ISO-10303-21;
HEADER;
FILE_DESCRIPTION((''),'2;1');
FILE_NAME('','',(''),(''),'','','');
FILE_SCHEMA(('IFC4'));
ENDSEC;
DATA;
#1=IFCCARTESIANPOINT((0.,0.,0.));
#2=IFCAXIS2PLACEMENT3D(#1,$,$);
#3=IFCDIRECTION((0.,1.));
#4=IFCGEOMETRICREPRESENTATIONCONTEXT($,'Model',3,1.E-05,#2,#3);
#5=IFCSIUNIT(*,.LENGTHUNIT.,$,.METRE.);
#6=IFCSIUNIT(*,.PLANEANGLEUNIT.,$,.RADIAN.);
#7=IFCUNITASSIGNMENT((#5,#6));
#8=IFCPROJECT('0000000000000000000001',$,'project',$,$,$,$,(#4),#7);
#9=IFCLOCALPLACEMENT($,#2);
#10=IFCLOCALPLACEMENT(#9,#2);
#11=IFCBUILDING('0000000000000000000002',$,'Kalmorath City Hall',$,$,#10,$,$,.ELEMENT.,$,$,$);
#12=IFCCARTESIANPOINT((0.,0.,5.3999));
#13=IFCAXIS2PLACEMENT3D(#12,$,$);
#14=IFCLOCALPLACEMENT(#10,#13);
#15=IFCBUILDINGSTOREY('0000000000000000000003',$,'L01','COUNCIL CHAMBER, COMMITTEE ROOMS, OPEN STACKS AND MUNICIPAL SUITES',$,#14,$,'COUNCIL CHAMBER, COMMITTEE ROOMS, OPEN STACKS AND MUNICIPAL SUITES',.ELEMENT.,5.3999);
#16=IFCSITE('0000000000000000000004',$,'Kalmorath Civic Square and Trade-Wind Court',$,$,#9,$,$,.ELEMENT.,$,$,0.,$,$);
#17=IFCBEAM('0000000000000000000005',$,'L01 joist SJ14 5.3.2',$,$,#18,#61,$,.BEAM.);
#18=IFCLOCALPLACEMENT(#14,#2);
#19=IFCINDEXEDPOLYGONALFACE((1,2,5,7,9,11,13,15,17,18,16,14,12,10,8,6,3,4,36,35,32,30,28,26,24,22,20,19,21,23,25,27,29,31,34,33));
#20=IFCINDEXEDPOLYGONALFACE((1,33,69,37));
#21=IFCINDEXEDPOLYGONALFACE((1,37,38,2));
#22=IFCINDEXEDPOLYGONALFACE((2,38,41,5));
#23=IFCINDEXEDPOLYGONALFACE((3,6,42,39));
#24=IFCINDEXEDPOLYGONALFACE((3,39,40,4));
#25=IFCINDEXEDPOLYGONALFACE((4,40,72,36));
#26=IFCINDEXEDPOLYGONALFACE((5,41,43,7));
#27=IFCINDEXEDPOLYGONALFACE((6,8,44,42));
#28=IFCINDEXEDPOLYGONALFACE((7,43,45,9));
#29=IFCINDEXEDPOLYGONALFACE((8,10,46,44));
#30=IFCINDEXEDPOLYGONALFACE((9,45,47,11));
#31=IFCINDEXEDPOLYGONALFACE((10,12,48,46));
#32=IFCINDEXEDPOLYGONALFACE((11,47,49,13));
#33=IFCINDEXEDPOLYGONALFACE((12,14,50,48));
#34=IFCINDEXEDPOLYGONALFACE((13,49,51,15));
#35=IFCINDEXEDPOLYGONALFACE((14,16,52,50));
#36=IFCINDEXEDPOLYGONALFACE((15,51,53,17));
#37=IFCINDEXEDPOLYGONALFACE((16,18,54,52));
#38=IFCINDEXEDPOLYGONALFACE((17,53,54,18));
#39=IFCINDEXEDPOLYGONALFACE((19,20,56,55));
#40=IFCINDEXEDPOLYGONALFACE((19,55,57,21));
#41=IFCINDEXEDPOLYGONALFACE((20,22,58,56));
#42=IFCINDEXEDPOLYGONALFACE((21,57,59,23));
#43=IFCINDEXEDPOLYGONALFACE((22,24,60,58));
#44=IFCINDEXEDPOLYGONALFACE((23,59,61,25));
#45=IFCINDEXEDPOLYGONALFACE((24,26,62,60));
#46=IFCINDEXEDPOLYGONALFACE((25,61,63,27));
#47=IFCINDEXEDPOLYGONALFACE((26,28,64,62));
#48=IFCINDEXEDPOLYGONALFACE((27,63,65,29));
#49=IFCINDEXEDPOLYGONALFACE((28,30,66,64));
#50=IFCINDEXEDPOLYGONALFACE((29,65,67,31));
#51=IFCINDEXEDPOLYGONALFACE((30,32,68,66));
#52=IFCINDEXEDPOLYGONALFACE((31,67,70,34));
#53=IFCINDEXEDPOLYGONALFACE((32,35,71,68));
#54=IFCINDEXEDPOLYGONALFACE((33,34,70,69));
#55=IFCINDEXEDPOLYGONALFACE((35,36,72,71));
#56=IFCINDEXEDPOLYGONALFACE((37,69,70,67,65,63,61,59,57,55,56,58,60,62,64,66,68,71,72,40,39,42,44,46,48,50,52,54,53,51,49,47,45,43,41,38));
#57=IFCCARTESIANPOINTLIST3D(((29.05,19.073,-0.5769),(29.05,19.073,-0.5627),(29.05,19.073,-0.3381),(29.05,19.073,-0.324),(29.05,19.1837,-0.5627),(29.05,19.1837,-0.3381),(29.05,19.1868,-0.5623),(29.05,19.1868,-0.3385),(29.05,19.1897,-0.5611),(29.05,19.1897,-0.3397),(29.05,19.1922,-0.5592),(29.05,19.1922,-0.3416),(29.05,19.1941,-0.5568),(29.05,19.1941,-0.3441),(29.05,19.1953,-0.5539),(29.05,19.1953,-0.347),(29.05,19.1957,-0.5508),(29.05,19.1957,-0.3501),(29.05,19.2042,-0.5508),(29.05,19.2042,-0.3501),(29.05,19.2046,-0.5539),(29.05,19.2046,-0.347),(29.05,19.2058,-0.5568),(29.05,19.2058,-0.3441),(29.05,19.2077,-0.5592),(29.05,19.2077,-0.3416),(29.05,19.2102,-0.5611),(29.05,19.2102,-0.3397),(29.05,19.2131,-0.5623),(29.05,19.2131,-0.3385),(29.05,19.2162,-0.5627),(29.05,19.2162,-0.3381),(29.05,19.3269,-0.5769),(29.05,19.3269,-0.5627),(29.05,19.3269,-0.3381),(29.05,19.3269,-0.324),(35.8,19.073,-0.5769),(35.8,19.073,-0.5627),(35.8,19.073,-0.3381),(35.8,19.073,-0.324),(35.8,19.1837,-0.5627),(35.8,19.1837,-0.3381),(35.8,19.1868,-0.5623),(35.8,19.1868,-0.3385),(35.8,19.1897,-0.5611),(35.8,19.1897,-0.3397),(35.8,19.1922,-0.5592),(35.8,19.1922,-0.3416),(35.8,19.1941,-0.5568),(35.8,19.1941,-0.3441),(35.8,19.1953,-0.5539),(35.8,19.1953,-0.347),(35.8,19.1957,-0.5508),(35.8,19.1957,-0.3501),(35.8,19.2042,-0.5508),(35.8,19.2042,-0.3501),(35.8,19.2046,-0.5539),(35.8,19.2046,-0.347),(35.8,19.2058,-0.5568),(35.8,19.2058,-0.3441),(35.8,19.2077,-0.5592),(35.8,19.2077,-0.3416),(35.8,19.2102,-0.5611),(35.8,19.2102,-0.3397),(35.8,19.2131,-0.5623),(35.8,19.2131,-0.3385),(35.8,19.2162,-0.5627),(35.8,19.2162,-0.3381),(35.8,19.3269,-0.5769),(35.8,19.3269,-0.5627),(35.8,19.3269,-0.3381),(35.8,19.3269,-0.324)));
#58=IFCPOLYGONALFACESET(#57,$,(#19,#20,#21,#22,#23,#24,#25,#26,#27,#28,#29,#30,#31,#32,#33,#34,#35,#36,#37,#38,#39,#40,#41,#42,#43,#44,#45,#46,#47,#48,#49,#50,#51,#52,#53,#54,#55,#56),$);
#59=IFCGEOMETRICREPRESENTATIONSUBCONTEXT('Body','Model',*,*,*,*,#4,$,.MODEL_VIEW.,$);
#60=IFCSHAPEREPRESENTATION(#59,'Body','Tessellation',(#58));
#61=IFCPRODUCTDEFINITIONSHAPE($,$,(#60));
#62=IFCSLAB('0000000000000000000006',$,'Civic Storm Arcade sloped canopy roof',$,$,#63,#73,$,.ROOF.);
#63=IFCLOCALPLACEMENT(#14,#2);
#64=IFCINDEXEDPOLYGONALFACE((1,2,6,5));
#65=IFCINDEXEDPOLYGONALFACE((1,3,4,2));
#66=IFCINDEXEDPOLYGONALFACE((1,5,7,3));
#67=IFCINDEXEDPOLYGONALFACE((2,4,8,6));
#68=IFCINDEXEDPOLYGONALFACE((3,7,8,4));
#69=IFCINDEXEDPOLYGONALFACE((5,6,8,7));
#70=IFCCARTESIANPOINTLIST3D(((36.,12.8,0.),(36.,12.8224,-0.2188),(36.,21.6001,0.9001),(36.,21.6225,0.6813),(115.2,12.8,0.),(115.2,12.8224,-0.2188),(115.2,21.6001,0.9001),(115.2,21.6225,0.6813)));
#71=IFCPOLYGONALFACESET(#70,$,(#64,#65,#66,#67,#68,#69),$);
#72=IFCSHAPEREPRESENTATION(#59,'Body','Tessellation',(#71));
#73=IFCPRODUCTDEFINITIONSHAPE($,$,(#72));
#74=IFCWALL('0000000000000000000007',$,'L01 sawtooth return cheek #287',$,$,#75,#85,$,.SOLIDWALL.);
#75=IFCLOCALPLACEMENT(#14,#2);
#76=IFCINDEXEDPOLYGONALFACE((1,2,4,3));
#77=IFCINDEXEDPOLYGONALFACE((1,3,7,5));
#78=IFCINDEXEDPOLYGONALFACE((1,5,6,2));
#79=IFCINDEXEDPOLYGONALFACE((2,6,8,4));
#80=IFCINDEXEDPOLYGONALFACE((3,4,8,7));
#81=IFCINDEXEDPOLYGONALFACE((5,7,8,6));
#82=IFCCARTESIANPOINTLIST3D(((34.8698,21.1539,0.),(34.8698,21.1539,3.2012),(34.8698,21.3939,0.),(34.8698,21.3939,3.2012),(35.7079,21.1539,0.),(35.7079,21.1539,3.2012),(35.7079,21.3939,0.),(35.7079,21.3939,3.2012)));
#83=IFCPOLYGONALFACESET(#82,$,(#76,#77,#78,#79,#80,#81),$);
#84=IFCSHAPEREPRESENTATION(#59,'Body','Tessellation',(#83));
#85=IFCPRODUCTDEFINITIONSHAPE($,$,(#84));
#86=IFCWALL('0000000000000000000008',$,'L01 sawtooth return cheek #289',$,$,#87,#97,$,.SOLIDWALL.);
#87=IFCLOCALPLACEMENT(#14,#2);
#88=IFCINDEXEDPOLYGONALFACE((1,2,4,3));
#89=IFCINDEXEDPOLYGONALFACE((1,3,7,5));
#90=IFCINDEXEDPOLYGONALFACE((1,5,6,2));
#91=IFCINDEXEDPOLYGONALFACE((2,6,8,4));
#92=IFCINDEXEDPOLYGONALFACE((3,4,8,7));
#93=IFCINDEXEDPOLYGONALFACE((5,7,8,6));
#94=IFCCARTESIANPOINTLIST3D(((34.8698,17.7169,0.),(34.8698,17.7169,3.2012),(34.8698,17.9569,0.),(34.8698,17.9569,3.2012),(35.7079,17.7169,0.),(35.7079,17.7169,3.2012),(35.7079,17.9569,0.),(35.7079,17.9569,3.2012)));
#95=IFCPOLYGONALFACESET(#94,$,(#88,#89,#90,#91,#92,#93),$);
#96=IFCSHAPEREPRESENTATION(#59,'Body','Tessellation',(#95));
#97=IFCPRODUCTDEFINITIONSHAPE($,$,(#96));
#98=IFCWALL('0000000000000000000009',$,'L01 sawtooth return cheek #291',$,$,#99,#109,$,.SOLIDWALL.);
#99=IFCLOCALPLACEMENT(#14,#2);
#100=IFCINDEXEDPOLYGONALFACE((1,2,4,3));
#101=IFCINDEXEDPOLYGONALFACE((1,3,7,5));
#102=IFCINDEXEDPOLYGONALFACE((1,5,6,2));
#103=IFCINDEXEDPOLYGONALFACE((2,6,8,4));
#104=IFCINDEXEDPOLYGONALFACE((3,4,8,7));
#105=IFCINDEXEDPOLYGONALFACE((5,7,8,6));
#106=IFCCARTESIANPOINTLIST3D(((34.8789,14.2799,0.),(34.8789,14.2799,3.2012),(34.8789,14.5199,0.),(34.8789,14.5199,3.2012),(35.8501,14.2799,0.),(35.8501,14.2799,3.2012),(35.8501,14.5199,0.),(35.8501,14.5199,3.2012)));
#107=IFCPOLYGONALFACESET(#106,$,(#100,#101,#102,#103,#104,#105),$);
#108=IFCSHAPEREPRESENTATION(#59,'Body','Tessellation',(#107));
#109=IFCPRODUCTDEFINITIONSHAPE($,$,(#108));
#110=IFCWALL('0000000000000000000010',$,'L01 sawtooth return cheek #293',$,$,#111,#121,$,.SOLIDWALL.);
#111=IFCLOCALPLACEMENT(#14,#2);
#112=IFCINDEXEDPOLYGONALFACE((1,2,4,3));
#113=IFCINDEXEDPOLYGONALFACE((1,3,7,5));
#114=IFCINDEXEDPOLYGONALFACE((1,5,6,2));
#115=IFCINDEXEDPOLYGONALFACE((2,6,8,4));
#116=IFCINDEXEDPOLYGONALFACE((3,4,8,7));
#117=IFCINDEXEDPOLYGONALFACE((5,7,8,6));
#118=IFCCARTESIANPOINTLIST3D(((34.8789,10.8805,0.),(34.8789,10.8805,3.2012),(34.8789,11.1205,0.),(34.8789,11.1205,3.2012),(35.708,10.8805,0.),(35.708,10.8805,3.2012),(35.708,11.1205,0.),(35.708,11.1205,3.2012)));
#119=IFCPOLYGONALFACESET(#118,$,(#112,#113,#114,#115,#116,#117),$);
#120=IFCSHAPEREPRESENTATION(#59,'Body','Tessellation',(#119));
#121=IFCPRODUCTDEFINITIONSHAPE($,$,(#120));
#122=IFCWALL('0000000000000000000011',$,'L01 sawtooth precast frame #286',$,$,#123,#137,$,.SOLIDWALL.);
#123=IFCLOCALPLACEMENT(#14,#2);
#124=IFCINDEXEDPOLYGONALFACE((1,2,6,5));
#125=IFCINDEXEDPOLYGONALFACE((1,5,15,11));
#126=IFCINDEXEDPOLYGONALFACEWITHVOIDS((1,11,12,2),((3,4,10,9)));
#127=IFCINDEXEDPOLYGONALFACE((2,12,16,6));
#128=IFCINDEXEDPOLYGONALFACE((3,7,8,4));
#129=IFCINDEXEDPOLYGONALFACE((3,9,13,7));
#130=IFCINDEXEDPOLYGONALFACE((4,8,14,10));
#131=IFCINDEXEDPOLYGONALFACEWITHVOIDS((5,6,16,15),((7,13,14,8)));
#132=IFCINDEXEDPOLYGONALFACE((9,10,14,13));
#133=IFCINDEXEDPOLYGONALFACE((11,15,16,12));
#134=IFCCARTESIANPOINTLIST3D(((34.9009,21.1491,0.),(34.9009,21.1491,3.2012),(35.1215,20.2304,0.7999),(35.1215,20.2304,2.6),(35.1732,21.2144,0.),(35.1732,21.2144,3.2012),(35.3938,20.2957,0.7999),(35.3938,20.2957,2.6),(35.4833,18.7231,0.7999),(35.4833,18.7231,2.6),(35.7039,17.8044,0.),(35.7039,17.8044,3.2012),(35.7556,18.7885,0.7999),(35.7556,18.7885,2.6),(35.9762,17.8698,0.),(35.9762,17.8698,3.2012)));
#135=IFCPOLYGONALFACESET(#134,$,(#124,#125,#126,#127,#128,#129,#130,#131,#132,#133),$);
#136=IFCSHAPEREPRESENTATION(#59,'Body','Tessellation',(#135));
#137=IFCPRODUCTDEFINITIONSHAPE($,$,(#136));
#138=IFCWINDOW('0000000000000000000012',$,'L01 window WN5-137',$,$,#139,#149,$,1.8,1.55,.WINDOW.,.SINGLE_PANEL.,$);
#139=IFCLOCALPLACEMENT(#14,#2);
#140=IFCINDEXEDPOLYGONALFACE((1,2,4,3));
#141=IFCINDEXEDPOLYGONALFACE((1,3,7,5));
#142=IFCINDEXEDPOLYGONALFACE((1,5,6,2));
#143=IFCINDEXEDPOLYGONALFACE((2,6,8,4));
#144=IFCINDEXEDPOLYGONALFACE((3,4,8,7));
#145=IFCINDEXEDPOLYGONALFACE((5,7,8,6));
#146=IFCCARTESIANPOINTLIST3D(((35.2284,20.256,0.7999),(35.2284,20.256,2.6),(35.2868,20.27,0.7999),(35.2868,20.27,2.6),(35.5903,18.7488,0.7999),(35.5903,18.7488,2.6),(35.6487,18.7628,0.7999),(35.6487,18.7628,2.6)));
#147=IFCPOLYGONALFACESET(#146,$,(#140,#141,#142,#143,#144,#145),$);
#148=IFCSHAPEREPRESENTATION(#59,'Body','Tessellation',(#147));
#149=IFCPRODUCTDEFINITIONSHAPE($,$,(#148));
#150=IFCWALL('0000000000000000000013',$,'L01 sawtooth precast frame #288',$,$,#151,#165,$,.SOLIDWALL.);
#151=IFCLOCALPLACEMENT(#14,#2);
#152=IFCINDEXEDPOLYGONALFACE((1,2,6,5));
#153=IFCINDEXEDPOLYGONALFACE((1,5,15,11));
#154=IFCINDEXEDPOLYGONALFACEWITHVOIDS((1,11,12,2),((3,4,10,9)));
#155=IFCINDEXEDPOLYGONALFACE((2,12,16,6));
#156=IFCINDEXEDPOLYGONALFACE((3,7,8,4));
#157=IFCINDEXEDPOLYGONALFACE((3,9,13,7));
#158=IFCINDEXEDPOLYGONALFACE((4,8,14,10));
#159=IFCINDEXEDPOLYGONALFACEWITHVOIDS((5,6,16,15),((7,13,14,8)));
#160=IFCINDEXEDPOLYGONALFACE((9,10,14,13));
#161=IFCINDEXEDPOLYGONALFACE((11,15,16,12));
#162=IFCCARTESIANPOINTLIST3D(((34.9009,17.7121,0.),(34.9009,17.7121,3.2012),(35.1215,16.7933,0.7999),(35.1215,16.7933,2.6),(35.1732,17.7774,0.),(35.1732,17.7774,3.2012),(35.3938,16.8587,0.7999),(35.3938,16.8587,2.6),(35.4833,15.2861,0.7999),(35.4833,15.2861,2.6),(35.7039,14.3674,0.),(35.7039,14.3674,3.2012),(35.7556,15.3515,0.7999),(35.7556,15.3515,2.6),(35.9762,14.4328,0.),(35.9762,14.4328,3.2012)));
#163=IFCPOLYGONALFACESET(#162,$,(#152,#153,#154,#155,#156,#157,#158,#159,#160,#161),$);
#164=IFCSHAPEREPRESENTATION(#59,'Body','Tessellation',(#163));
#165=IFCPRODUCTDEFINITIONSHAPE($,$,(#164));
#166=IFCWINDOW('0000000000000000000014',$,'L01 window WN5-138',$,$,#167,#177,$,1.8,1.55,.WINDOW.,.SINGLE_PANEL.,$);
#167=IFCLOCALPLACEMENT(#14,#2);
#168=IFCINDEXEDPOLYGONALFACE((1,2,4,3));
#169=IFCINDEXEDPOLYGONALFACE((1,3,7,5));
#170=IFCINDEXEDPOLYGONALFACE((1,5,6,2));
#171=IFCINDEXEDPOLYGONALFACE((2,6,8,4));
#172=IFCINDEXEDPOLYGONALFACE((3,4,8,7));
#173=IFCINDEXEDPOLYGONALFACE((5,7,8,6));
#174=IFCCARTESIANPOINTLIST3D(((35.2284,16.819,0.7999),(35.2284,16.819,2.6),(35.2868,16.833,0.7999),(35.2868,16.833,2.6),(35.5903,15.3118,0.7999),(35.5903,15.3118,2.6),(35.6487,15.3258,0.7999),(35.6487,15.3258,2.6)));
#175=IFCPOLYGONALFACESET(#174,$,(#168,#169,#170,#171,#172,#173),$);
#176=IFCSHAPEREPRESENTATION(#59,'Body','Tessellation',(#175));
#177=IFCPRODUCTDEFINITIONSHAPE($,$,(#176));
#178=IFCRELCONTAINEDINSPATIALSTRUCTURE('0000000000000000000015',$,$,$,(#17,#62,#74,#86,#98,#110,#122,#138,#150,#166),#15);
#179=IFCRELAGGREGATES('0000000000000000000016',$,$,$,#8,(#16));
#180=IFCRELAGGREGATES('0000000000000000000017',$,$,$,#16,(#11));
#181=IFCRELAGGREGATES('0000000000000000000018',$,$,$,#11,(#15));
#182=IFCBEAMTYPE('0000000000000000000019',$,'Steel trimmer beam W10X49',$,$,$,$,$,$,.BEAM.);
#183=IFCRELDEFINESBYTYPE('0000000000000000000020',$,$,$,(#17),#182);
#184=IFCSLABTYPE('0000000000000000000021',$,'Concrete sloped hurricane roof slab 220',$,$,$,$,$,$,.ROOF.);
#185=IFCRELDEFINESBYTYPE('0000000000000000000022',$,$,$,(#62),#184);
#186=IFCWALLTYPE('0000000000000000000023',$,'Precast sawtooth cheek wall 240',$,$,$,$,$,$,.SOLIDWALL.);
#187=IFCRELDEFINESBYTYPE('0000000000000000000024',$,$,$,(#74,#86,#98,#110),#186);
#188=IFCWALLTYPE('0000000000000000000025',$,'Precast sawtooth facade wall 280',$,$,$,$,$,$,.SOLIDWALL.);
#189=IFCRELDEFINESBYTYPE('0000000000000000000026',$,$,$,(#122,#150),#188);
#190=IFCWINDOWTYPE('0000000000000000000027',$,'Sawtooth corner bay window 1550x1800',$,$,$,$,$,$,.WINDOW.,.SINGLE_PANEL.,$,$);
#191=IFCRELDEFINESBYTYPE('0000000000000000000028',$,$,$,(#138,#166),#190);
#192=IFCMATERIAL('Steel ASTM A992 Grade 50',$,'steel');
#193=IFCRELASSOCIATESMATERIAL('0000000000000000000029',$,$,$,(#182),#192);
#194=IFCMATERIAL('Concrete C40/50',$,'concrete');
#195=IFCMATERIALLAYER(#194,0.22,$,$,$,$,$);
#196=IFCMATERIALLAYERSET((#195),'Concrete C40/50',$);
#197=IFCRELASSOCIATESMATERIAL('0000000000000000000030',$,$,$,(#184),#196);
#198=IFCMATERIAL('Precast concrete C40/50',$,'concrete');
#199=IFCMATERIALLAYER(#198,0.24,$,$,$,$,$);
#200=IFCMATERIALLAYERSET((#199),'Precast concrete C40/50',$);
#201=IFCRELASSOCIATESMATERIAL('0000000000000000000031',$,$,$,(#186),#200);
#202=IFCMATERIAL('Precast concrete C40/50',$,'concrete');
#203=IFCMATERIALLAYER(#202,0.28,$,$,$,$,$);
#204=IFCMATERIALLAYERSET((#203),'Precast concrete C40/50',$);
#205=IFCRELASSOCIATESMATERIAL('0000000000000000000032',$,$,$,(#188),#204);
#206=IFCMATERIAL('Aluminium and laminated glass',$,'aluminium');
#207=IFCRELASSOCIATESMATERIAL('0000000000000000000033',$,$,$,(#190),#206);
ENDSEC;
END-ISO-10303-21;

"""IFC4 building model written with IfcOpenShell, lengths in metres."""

from ifc_helpers import new_model, si_unit, direction, frame, frame_2d, origin, origin_2d, place, context, subcontext, project, spatial, polyline, rectangle, i_section, outline, extrude, material, layer, layer_set, material_profile, profile_set, type_object, element, fill, save


model = new_model("IFC4")

# Units and contexts
model_context = context("Model", 3, precision=1e-05, world=origin(), true_north=direction((0.0, 1.0)))
body_context = subcontext(model_context, "Body", "Model", "MODEL_VIEW")
ifc_project = project(units=[si_unit("LENGTHUNIT", "METRE"), si_unit("PLANEANGLEUNIT", "RADIAN")], contexts=[model_context])

# Site, building, storey
site_placement = place(None, origin())
site = spatial("IfcSite", under=ifc_project, at=site_placement, Name="Kalmorath Civic Square and Trade-Wind Court", CompositionType="ELEMENT", RefElevation=0.0)
building_placement = place(site_placement, origin())
building = spatial("IfcBuilding", under=site, at=building_placement, Name="Kalmorath City Hall", CompositionType="ELEMENT")
storey_placement = place(building_placement, frame((0.0, 0.0, 5.3999)))
storey = spatial("IfcBuildingStorey", under=building, at=storey_placement, Name="L01", Description="COUNCIL CHAMBER, COMMITTEE ROOMS, OPEN STACKS AND MUNICIPAL SUITES", LongName="COUNCIL CHAMBER, COMMITTEE ROOMS, OPEN STACKS AND MUNICIPAL SUITES", CompositionType="ELEMENT", Elevation=5.3999)

# Beam
ifc_material_1 = material(Name="Steel ASTM A992 Grade 50", Category="steel")
ifc_material_profile_1 = material_profile(ifc_material_1, i_section(OverallWidth=0.2539, OverallDepth=0.2529, WebThickness=0.0085, FlangeThickness=0.0142, FilletRadius=0.012, at=origin_2d()), Name="W10X49")
ifc_profile_set_1 = profile_set([ifc_material_profile_1], Name="Steel ASTM A992 Grade 50")
beam_type_1 = type_object("IfcBeamType", Name="Steel trimmer beam W10X49", PredefinedType="BEAM", material=ifc_profile_set_1)
for number, where, z_axis, x_axis, name in (
    (1, (29.05, 19.2, -0.4504), (1.0, 0.0, 0.0), (0.0, 1.0, 0.0), "L01 joist SJ14 5.3.2"),
):
    element("IfcBeam", number, at=place(storey_placement, frame(where, z_axis=z_axis, x_axis=x_axis)), inside=storey, type_object=beam_type_1, Name=name, PredefinedType="BEAM", context=body_context, shape_type="SweptSolid", body=[
        extrude(i_section(OverallWidth=0.2539, OverallDepth=0.2529, WebThickness=0.0085, FlangeThickness=0.0142, FilletRadius=0.012, at=origin_2d()), origin(), (0.0, 0.0, 1.0), 6.75),
    ])

# Slab
ifc_material_2 = material(Name="Concrete C40/50", Category="concrete")
ifc_layer_1 = layer(ifc_material_2, 0.22)
ifc_layer_set_1 = layer_set([ifc_layer_1], Name="Concrete C40/50")
slab_type = type_object("IfcSlabType", Name="Concrete sloped hurricane roof slab 220", PredefinedType="ROOF", material=ifc_layer_set_1)
slab_placement = place(storey_placement, frame((36.0, 12.8, 0.0), z_axis=(0.0, -0.101758, 0.994809), x_axis=(1.0, 0.0, 0.0)))
element("IfcSlab", 2, at=slab_placement, inside=storey, type_object=slab_type, Name="Civic Storm Arcade sloped canopy roof", PredefinedType="ROOF", context=body_context, shape_type="SweptSolid", body=[
    extrude(outline(polyline([(0.0, 0.0), (79.2, 0.0), (79.2, 8.846), (0.0, 8.846), (0.0, 0.0)])), origin(), (0.0, 0.0, -1.0), 0.22),
])

# Walls
ifc_material_3 = material(Name="Precast concrete C40/50", Category="concrete")
ifc_layer_2 = layer(ifc_material_3, 0.24)
ifc_layer_set_2 = layer_set([ifc_layer_2], Name="Precast concrete C40/50")
wall_type_1 = type_object("IfcWallType", Name="Precast sawtooth cheek wall 240", PredefinedType="SOLIDWALL", material=ifc_layer_set_2)
for number, where, z_axis, x_axis, name in (
    (3, (34.8699, 21.2739, 0.0), (0.0, 0.0, 1.0), (1.0, 0.0, 0.0), "L01 sawtooth return cheek #287"),
    (4, (34.8699, 17.8369, 0.0), (0.0, 0.0, 1.0), (1.0, 0.0, 0.0), "L01 sawtooth return cheek #289"),
):
    element("IfcWall", number, at=place(storey_placement, frame(where, z_axis=z_axis, x_axis=x_axis)), inside=storey, type_object=wall_type_1, Name=name, PredefinedType="SOLIDWALL", context=body_context, shape_type="SweptSolid", body=[
        extrude(rectangle(XDim=0.8381, YDim=0.24, at=frame_2d((0.4189, 0.0))), origin(), (0.0, 0.0, 1.0), 3.2012),
    ])
wall_1_placement = place(storey_placement, frame((34.8789, 14.3999, 0.0), z_axis=(0.0, 0.0, 1.0), x_axis=(1.0, 0.0, 0.0)))
element("IfcWall", 5, at=wall_1_placement, inside=storey, type_object=wall_type_1, Name="L01 sawtooth return cheek #291", PredefinedType="SOLIDWALL", context=body_context, shape_type="SweptSolid", body=[
    extrude(rectangle(XDim=0.9712, YDim=0.24, at=frame_2d((0.4856, 0.0))), origin(), (0.0, 0.0, 1.0), 3.2012),
])
wall_2_placement = place(storey_placement, frame((34.8789, 11.0005, 0.0), z_axis=(0.0, 0.0, 1.0), x_axis=(1.0, 0.0, 0.0)))
element("IfcWall", 6, at=wall_2_placement, inside=storey, type_object=wall_type_1, Name="L01 sawtooth return cheek #293", PredefinedType="SOLIDWALL", context=body_context, shape_type="SweptSolid", body=[
    extrude(rectangle(XDim=0.8291, YDim=0.24, at=frame_2d((0.4146, 0.0))), origin(), (0.0, 0.0, 1.0), 3.2012),
])

# Walls, openings, windows
ifc_material_4 = material(Name="Precast concrete C40/50", Category="concrete")
ifc_layer_3 = layer(ifc_material_4, 0.28)
ifc_layer_set_3 = layer_set([ifc_layer_3], Name="Precast concrete C40/50")
wall_type_2 = type_object("IfcWallType", Name="Precast sawtooth facade wall 280", PredefinedType="SOLIDWALL", material=ifc_layer_set_3)
wall_3_placement = place(storey_placement, frame((35.0371, 21.1816, 0.0), z_axis=(0.0, 0.0, 1.0), x_axis=(0.23344, -0.972371, 0.0)))
wall_3 = element("IfcWall", 7, at=wall_3_placement, inside=storey, type_object=wall_type_2, Name="L01 sawtooth precast frame #286", PredefinedType="SOLIDWALL", context=body_context, shape_type="SweptSolid", body=[
    extrude(rectangle(XDim=3.4397, YDim=0.28, at=frame_2d((1.7197, 0.0))), origin(), (0.0, 0.0, 1.0), 3.2012),
])
opening_1_placement = place(wall_3_placement, frame((0.9448, 0.0, 0.8)))
opening_1 = element("IfcOpeningElement", 8, at=opening_1_placement, cuts=wall_3, PredefinedType="OPENING", context=body_context, shape_type="SweptSolid", body=[
    extrude(rectangle(XDim=1.55, YDim=1.8, at=frame_2d((0.7749, 0.8999))), frame((0.0, 0.1499, 0.0), z_axis=(0.0, -1.0, 0.0), x_axis=(1.0, 0.0, 0.0)), (0.0, 0.0, 1.0), 0.3),
])
ifc_material_5 = material(Name="Aluminium and laminated glass", Category="aluminium")
window_type_1 = type_object("IfcWindowType", Name="Sawtooth corner bay window 1550x1800", PartitioningType="SINGLE_PANEL", PredefinedType="WINDOW", material=ifc_material_5)
window_1_placement = place(opening_1_placement, origin())
window_1 = element("IfcWindow", 9, at=window_1_placement, inside=storey, type_object=window_type_1, Name="L01 window WN5-137", OverallHeight=1.8, OverallWidth=1.55, PartitioningType="SINGLE_PANEL", PredefinedType="WINDOW", context=body_context, shape_type="SweptSolid", body=[
    extrude(rectangle(XDim=1.55, YDim=1.8, at=frame_2d((0.7749, 0.8999))), frame((0.0, 0.03, 0.0), z_axis=(0.0, -1.0, 0.0), x_axis=(1.0, 0.0, 0.0)), (0.0, 0.0, 1.0), 0.0601),
])
fill(opening_1, window_1)
wall_4_placement = place(storey_placement, frame((35.0371, 17.7446, 0.0), z_axis=(0.0, 0.0, 1.0), x_axis=(0.23344, -0.972371, 0.0)))
wall_4 = element("IfcWall", 10, at=wall_4_placement, inside=storey, type_object=wall_type_2, Name="L01 sawtooth precast frame #288", PredefinedType="SOLIDWALL", context=body_context, shape_type="SweptSolid", body=[
    extrude(rectangle(XDim=3.4397, YDim=0.28, at=frame_2d((1.7197, 0.0))), origin(), (0.0, 0.0, 1.0), 3.2012),
])
opening_2_placement = place(wall_4_placement, frame((0.9448, 0.0, 0.8)))
opening_2 = element("IfcOpeningElement", 11, at=opening_2_placement, cuts=wall_4, PredefinedType="OPENING", context=body_context, shape_type="SweptSolid", body=[
    extrude(rectangle(XDim=1.55, YDim=1.8, at=frame_2d((0.7749, 0.8999))), frame((0.0, 0.1499, 0.0), z_axis=(0.0, -1.0, 0.0), x_axis=(1.0, 0.0, 0.0)), (0.0, 0.0, 1.0), 0.3),
])
window_2_placement = place(opening_2_placement, origin())
window_2 = element("IfcWindow", 12, at=window_2_placement, inside=storey, type_object=window_type_1, Name="L01 window WN5-138", OverallHeight=1.8, OverallWidth=1.55, PartitioningType="SINGLE_PANEL", PredefinedType="WINDOW", context=body_context, shape_type="SweptSolid", body=[
    extrude(rectangle(XDim=1.55, YDim=1.8, at=frame_2d((0.7749, 0.8999))), frame((0.0, 0.03, 0.0), z_axis=(0.0, -1.0, 0.0), x_axis=(1.0, 0.0, 0.0)), (0.0, 0.0, 1.0), 0.0601),
])
fill(opening_2, window_2)

save(model, "model.ifc")
